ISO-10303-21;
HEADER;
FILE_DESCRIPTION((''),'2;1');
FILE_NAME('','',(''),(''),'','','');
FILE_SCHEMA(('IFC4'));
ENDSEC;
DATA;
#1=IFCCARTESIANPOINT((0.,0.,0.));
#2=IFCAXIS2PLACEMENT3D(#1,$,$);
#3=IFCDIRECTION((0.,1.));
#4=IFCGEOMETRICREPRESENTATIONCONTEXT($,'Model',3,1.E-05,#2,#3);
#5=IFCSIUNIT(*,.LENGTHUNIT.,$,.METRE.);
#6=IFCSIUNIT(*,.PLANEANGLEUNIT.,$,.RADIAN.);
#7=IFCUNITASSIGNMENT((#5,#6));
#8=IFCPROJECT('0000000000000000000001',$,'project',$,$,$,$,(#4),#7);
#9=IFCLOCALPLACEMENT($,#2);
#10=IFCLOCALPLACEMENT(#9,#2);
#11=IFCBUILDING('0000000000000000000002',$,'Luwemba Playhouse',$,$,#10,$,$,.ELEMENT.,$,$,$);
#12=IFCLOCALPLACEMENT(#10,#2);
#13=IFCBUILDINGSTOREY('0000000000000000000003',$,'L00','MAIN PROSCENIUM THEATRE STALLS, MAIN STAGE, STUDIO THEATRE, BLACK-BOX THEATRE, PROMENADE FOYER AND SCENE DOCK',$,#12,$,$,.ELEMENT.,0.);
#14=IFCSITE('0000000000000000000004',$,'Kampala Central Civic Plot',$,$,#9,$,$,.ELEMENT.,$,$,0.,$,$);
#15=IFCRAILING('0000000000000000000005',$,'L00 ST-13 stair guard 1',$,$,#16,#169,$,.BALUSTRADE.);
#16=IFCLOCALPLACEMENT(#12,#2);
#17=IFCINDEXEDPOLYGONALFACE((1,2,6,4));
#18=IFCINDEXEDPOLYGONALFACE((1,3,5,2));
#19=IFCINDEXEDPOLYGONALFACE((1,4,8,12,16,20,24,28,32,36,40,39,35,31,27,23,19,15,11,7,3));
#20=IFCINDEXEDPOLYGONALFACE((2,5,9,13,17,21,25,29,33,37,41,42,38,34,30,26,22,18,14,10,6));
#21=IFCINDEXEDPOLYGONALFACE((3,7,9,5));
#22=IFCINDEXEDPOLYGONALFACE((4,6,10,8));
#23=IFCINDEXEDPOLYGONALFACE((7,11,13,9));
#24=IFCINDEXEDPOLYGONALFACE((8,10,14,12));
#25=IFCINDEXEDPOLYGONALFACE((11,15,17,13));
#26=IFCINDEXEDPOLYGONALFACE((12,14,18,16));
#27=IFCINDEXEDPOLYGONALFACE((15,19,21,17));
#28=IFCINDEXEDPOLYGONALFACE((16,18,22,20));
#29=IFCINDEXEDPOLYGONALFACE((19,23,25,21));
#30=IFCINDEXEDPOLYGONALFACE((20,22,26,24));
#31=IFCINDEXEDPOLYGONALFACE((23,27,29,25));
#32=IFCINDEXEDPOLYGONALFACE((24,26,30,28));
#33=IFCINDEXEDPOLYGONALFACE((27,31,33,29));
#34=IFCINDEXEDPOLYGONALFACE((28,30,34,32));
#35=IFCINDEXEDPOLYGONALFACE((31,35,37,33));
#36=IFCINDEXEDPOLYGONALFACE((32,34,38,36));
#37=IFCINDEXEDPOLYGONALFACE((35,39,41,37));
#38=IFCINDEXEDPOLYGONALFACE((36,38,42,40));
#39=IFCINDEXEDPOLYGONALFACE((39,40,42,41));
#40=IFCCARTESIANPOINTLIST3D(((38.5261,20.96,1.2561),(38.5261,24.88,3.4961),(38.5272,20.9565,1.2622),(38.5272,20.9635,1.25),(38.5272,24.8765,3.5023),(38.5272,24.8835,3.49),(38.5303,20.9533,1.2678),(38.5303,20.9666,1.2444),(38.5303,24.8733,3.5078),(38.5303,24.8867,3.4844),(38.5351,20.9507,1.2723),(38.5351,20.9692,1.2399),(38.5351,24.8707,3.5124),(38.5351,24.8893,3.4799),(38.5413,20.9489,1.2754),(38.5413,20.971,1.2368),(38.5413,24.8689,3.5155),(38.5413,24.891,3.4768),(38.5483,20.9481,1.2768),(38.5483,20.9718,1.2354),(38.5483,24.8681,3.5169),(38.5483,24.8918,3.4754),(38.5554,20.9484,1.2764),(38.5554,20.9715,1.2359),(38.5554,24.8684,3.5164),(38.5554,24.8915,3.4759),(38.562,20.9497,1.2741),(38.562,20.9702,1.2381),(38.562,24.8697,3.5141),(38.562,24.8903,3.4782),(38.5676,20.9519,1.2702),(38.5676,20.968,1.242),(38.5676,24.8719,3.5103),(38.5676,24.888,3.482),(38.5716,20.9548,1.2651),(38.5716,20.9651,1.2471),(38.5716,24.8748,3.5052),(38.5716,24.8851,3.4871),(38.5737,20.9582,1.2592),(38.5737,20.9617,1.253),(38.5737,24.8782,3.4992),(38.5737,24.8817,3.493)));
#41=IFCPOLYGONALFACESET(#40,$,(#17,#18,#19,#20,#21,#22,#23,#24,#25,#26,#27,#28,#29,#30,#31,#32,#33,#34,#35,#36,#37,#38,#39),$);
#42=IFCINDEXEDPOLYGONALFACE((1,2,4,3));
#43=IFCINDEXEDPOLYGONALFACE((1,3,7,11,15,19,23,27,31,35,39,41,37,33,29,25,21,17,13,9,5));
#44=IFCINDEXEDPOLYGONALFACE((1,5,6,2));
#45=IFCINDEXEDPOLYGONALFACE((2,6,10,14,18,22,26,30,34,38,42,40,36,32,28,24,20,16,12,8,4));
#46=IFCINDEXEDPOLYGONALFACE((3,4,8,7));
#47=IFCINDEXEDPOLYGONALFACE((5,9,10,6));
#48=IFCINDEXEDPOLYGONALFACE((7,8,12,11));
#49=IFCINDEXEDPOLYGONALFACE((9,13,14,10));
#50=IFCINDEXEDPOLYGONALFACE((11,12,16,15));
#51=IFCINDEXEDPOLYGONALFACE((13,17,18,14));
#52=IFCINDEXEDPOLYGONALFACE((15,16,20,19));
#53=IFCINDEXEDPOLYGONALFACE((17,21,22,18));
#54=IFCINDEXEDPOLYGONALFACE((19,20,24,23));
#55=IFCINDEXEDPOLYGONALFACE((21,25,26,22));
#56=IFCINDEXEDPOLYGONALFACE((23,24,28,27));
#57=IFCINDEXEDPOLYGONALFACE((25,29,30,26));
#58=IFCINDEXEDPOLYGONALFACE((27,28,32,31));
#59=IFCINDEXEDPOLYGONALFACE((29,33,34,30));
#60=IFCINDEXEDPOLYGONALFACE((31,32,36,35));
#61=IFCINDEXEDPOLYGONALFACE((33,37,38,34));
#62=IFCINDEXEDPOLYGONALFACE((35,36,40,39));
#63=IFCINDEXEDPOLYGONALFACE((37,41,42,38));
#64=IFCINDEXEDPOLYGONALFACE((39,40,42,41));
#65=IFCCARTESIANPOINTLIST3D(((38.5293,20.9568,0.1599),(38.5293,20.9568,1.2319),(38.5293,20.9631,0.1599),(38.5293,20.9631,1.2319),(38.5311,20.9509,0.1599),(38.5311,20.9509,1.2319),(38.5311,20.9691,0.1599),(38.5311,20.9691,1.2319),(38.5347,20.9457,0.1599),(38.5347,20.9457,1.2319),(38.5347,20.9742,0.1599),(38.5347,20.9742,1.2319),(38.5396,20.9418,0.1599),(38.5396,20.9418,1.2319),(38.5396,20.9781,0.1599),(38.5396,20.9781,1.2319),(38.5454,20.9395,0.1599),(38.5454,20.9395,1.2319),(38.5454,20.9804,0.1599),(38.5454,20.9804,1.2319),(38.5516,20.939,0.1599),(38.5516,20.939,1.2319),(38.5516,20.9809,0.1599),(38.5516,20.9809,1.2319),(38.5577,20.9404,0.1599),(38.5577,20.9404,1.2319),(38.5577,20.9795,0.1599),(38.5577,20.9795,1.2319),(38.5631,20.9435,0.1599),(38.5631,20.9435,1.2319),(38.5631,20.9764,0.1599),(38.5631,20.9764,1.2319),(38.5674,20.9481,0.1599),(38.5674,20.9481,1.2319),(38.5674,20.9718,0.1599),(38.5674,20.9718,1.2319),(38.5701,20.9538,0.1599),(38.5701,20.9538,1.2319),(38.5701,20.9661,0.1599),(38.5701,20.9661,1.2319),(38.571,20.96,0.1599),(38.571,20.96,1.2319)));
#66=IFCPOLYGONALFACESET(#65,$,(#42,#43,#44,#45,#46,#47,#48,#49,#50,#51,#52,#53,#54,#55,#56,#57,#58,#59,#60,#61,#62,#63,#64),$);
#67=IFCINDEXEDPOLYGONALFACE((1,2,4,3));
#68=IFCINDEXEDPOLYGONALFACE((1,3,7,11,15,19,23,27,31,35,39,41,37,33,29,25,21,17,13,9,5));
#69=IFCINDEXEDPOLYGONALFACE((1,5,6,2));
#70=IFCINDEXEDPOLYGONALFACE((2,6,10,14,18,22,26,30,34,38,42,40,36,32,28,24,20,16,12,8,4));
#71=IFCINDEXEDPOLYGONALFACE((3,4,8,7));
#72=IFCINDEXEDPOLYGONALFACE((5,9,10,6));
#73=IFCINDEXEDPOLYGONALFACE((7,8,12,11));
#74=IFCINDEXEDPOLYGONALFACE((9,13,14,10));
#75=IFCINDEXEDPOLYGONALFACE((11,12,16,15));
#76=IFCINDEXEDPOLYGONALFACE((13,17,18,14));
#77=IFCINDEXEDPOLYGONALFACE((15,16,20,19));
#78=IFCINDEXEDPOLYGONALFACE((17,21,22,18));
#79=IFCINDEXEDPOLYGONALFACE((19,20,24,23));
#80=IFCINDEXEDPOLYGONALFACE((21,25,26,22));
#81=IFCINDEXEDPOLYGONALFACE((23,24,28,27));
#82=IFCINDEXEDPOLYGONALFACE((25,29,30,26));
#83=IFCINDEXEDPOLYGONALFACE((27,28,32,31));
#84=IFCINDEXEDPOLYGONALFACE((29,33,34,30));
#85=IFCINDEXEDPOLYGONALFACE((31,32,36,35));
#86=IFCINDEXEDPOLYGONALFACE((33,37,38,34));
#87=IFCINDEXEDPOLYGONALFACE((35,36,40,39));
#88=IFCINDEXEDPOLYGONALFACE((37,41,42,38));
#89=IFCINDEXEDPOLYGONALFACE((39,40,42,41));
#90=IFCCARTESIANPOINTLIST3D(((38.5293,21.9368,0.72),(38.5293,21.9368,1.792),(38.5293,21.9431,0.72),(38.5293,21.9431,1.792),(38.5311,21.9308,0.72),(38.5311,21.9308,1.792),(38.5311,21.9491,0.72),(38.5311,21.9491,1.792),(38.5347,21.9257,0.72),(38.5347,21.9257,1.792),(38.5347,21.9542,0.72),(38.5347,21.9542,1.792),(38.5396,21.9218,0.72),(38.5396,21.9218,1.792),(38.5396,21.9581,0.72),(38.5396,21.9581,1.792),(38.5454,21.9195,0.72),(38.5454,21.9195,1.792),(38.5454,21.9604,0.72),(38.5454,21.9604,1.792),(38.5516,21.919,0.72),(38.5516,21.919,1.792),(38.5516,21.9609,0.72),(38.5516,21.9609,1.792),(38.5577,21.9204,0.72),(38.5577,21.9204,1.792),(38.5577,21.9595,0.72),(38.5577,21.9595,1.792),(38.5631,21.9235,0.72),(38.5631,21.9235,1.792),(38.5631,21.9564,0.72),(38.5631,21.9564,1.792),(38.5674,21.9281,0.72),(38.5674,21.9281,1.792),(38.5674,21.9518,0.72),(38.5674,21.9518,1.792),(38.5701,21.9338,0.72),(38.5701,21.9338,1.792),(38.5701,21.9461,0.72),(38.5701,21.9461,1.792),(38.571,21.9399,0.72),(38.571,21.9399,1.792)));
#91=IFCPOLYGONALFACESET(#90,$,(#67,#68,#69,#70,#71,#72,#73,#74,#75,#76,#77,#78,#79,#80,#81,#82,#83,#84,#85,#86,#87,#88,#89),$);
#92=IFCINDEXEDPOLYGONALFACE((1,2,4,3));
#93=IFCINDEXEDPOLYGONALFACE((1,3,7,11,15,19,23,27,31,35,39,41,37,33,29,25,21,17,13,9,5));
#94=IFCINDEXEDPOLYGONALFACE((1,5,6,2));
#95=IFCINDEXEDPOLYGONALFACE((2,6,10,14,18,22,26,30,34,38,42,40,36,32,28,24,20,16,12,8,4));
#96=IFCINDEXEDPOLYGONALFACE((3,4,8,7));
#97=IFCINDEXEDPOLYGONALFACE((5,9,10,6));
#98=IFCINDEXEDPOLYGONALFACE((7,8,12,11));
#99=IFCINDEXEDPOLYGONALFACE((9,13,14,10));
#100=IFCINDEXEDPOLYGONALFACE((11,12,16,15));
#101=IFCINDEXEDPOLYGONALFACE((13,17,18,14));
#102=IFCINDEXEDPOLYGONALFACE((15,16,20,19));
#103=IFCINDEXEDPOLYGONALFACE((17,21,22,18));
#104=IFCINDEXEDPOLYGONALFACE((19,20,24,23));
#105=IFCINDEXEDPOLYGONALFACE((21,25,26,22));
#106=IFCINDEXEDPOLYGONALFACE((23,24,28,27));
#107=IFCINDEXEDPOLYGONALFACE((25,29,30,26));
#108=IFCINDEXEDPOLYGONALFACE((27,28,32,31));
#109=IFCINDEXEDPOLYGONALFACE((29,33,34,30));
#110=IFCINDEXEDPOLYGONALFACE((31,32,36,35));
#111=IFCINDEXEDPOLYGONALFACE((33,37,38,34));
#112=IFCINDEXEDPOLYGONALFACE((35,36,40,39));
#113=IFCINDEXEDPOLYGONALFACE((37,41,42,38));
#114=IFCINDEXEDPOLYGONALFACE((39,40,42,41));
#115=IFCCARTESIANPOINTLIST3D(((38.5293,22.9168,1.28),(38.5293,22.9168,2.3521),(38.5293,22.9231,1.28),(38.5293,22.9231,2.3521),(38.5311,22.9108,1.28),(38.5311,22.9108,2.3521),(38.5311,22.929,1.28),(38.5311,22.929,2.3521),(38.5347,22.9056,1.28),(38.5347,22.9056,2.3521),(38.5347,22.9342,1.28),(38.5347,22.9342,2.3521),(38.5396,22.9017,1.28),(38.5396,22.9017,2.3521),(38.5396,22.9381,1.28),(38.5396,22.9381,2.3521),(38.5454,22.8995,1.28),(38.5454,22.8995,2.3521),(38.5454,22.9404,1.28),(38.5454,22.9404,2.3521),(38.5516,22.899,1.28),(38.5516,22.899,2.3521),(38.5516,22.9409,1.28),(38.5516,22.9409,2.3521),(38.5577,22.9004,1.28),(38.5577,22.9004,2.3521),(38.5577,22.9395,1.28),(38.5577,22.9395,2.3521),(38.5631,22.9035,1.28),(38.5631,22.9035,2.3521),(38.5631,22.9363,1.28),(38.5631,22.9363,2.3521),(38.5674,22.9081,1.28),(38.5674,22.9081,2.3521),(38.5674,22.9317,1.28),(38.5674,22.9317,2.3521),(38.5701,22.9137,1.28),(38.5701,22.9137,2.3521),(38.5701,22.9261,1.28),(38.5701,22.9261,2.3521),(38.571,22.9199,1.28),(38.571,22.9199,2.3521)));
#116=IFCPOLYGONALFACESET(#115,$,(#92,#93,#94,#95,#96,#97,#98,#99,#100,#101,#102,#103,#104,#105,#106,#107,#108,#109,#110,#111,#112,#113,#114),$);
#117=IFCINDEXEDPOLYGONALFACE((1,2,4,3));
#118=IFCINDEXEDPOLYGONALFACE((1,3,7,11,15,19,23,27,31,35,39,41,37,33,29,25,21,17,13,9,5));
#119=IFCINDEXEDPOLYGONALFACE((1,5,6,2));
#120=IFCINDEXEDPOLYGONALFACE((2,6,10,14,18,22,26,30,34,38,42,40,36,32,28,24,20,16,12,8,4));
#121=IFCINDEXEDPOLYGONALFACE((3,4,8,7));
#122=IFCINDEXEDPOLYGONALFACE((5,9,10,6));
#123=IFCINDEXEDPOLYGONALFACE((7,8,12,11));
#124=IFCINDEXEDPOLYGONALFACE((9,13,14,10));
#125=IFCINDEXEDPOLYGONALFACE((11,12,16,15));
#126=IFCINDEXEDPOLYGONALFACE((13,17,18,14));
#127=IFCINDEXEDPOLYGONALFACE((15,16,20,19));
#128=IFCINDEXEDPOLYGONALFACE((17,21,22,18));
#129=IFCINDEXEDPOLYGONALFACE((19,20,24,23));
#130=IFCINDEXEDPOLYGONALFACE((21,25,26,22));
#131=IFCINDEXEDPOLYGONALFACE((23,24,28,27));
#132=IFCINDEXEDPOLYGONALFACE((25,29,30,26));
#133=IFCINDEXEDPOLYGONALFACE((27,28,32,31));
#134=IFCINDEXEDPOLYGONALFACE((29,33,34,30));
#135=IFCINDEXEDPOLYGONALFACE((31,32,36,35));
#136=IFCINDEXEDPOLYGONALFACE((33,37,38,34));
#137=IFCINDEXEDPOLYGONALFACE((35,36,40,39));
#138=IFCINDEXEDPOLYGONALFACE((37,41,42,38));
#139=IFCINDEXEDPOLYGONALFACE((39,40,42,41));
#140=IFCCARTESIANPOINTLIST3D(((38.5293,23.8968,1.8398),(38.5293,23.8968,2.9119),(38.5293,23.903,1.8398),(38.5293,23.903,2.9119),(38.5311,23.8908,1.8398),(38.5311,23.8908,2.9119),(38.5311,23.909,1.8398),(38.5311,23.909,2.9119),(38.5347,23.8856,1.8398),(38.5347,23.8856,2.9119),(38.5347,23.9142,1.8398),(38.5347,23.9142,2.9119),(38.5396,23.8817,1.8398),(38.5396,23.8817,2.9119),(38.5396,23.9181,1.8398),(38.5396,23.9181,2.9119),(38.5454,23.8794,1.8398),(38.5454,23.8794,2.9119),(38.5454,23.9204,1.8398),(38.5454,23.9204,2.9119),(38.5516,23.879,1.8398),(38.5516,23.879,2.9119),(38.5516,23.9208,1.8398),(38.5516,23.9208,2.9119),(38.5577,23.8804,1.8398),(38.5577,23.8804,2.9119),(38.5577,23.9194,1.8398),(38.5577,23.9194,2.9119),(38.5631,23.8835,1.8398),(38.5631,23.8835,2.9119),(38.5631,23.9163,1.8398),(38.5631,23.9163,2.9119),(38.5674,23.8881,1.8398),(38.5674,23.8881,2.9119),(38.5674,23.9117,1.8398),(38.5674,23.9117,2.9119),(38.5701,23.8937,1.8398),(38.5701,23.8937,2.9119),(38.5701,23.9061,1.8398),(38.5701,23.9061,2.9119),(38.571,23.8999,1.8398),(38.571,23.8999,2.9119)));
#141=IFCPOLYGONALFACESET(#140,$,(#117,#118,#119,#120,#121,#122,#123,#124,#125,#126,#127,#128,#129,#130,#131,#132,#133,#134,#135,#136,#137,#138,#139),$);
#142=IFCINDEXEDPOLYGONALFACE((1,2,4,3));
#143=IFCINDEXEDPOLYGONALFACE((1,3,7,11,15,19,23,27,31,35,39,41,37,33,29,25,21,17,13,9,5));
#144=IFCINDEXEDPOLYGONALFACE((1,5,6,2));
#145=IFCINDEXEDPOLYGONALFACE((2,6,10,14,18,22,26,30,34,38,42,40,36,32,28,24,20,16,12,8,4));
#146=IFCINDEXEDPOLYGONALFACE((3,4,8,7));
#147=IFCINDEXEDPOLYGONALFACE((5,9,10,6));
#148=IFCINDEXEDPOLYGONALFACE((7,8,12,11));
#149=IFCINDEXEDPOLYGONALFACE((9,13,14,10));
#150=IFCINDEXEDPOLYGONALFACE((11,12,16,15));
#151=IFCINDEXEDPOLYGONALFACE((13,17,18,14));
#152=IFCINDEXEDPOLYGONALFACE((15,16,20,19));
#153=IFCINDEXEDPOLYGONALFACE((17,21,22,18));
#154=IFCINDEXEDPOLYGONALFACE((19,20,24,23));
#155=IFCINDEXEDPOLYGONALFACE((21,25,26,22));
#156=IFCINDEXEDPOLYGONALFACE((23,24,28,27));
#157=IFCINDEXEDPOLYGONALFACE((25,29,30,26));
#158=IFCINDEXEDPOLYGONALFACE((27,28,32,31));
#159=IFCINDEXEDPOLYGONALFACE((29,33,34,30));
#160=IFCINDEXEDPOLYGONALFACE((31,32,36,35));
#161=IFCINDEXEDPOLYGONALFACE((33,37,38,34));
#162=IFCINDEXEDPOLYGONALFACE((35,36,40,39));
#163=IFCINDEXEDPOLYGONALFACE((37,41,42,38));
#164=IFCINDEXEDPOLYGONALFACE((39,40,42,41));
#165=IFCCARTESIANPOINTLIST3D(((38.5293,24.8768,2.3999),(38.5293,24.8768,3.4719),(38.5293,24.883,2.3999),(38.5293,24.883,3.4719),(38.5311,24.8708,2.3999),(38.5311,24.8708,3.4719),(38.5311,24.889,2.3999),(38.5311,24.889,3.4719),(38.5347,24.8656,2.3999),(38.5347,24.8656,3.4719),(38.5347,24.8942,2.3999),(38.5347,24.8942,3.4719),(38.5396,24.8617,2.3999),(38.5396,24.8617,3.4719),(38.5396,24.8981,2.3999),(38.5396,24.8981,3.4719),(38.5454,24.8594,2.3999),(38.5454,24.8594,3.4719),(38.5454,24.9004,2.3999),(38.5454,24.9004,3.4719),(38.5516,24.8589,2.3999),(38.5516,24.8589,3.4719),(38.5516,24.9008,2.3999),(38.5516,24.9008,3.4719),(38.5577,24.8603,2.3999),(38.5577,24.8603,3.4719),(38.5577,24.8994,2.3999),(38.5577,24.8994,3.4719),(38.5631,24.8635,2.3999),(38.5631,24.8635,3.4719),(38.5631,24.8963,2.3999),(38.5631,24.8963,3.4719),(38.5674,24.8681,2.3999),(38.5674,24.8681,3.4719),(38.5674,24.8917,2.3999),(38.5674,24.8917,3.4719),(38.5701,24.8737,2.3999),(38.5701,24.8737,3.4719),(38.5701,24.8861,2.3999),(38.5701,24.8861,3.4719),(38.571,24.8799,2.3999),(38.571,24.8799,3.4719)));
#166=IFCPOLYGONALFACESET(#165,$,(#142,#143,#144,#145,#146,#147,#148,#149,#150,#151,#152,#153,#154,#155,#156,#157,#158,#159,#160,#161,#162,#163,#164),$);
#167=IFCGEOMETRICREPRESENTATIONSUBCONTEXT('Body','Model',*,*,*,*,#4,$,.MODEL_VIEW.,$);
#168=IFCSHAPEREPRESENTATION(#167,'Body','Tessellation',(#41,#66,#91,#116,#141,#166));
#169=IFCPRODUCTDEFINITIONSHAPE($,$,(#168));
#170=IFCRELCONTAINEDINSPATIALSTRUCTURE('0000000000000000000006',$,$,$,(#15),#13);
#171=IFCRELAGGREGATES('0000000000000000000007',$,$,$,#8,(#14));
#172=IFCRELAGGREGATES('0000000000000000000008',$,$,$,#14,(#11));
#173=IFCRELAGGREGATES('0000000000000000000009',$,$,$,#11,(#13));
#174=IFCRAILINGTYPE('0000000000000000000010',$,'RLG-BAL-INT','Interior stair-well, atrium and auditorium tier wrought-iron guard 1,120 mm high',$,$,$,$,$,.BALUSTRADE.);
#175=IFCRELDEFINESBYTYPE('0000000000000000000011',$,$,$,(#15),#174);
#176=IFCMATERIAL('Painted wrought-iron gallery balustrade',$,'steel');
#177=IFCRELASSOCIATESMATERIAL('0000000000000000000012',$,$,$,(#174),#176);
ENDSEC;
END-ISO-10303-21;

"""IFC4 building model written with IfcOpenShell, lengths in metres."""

from ifc_helpers import new_model, si_unit, direction, frame, origin, origin_2d, place, context, subcontext, project, spatial, circle, extrude, material, type_object, element, save


model = new_model("IFC4")

# Units and contexts
model_context = context("Model", 3, precision=1e-05, world=origin(), true_north=direction((0.0, 1.0)))
body_context = subcontext(model_context, "Body", "Model", "MODEL_VIEW")
ifc_project = project(units=[si_unit("LENGTHUNIT", "METRE"), si_unit("PLANEANGLEUNIT", "RADIAN")], contexts=[model_context])

# Site, building, storey
site_placement = place(None, origin())
site = spatial("IfcSite", under=ifc_project, at=site_placement, Name="Kampala Central Civic Plot", CompositionType="ELEMENT", RefElevation=0.0)
building_placement = place(site_placement, origin())
building = spatial("IfcBuilding", under=site, at=building_placement, Name="Luwemba Playhouse", CompositionType="ELEMENT")
storey_placement = place(building_placement, origin())
storey = spatial("IfcBuildingStorey", under=building, at=storey_placement, Name="L00", Description="MAIN PROSCENIUM THEATRE STALLS, MAIN STAGE, STUDIO THEATRE, BLACK-BOX THEATRE, PROMENADE FOYER AND SCENE DOCK", CompositionType="ELEMENT", Elevation=0.0)

# Railing
ifc_material_1 = material(Name="Painted wrought-iron gallery balustrade", Category="steel")
railing_type_1 = type_object("IfcRailingType", Name="RLG-BAL-INT", Description="Interior stair-well, atrium and auditorium tier wrought-iron guard 1,120 mm high", PredefinedType="BALUSTRADE", material=ifc_material_1)
railing_1_placement = place(storey_placement, frame((38.55, 20.96, 0.1599)))
element("IfcRailing", 1, at=railing_1_placement, inside=storey, type_object=railing_type_1, Name="L00 ST-13 stair guard 1", PredefinedType="BALUSTRADE", context=body_context, shape_type="SweptSolid", body=[
    extrude(circle(Radius=0.0239, at=origin_2d()), frame((0.0, 0.0, 1.0962), z_axis=(0.0, 0.86824, 0.496145), x_axis=(-1.0, 0.0, 0.0)), (0.0, 0.0, 1.0), 4.5149),
    extrude(circle(Radius=0.021, at=origin_2d()), origin(), (0.0, 0.0, 1.0), 1.072),
    extrude(circle(Radius=0.021, at=origin_2d()), frame((0.0, 0.98, 0.5601)), (0.0, 0.0, 1.0), 1.072),
    extrude(circle(Radius=0.021, at=origin_2d()), frame((0.0, 1.96, 1.1201)), (0.0, 0.0, 1.0), 1.072),
    extrude(circle(Radius=0.021, at=origin_2d()), frame((0.0, 2.9399, 1.6799)), (0.0, 0.0, 1.0), 1.072),
    extrude(circle(Radius=0.021, at=origin_2d()), frame((0.0, 3.9199, 2.24)), (0.0, 0.0, 1.0), 1.072),
])

save(model, "model.ifc")
